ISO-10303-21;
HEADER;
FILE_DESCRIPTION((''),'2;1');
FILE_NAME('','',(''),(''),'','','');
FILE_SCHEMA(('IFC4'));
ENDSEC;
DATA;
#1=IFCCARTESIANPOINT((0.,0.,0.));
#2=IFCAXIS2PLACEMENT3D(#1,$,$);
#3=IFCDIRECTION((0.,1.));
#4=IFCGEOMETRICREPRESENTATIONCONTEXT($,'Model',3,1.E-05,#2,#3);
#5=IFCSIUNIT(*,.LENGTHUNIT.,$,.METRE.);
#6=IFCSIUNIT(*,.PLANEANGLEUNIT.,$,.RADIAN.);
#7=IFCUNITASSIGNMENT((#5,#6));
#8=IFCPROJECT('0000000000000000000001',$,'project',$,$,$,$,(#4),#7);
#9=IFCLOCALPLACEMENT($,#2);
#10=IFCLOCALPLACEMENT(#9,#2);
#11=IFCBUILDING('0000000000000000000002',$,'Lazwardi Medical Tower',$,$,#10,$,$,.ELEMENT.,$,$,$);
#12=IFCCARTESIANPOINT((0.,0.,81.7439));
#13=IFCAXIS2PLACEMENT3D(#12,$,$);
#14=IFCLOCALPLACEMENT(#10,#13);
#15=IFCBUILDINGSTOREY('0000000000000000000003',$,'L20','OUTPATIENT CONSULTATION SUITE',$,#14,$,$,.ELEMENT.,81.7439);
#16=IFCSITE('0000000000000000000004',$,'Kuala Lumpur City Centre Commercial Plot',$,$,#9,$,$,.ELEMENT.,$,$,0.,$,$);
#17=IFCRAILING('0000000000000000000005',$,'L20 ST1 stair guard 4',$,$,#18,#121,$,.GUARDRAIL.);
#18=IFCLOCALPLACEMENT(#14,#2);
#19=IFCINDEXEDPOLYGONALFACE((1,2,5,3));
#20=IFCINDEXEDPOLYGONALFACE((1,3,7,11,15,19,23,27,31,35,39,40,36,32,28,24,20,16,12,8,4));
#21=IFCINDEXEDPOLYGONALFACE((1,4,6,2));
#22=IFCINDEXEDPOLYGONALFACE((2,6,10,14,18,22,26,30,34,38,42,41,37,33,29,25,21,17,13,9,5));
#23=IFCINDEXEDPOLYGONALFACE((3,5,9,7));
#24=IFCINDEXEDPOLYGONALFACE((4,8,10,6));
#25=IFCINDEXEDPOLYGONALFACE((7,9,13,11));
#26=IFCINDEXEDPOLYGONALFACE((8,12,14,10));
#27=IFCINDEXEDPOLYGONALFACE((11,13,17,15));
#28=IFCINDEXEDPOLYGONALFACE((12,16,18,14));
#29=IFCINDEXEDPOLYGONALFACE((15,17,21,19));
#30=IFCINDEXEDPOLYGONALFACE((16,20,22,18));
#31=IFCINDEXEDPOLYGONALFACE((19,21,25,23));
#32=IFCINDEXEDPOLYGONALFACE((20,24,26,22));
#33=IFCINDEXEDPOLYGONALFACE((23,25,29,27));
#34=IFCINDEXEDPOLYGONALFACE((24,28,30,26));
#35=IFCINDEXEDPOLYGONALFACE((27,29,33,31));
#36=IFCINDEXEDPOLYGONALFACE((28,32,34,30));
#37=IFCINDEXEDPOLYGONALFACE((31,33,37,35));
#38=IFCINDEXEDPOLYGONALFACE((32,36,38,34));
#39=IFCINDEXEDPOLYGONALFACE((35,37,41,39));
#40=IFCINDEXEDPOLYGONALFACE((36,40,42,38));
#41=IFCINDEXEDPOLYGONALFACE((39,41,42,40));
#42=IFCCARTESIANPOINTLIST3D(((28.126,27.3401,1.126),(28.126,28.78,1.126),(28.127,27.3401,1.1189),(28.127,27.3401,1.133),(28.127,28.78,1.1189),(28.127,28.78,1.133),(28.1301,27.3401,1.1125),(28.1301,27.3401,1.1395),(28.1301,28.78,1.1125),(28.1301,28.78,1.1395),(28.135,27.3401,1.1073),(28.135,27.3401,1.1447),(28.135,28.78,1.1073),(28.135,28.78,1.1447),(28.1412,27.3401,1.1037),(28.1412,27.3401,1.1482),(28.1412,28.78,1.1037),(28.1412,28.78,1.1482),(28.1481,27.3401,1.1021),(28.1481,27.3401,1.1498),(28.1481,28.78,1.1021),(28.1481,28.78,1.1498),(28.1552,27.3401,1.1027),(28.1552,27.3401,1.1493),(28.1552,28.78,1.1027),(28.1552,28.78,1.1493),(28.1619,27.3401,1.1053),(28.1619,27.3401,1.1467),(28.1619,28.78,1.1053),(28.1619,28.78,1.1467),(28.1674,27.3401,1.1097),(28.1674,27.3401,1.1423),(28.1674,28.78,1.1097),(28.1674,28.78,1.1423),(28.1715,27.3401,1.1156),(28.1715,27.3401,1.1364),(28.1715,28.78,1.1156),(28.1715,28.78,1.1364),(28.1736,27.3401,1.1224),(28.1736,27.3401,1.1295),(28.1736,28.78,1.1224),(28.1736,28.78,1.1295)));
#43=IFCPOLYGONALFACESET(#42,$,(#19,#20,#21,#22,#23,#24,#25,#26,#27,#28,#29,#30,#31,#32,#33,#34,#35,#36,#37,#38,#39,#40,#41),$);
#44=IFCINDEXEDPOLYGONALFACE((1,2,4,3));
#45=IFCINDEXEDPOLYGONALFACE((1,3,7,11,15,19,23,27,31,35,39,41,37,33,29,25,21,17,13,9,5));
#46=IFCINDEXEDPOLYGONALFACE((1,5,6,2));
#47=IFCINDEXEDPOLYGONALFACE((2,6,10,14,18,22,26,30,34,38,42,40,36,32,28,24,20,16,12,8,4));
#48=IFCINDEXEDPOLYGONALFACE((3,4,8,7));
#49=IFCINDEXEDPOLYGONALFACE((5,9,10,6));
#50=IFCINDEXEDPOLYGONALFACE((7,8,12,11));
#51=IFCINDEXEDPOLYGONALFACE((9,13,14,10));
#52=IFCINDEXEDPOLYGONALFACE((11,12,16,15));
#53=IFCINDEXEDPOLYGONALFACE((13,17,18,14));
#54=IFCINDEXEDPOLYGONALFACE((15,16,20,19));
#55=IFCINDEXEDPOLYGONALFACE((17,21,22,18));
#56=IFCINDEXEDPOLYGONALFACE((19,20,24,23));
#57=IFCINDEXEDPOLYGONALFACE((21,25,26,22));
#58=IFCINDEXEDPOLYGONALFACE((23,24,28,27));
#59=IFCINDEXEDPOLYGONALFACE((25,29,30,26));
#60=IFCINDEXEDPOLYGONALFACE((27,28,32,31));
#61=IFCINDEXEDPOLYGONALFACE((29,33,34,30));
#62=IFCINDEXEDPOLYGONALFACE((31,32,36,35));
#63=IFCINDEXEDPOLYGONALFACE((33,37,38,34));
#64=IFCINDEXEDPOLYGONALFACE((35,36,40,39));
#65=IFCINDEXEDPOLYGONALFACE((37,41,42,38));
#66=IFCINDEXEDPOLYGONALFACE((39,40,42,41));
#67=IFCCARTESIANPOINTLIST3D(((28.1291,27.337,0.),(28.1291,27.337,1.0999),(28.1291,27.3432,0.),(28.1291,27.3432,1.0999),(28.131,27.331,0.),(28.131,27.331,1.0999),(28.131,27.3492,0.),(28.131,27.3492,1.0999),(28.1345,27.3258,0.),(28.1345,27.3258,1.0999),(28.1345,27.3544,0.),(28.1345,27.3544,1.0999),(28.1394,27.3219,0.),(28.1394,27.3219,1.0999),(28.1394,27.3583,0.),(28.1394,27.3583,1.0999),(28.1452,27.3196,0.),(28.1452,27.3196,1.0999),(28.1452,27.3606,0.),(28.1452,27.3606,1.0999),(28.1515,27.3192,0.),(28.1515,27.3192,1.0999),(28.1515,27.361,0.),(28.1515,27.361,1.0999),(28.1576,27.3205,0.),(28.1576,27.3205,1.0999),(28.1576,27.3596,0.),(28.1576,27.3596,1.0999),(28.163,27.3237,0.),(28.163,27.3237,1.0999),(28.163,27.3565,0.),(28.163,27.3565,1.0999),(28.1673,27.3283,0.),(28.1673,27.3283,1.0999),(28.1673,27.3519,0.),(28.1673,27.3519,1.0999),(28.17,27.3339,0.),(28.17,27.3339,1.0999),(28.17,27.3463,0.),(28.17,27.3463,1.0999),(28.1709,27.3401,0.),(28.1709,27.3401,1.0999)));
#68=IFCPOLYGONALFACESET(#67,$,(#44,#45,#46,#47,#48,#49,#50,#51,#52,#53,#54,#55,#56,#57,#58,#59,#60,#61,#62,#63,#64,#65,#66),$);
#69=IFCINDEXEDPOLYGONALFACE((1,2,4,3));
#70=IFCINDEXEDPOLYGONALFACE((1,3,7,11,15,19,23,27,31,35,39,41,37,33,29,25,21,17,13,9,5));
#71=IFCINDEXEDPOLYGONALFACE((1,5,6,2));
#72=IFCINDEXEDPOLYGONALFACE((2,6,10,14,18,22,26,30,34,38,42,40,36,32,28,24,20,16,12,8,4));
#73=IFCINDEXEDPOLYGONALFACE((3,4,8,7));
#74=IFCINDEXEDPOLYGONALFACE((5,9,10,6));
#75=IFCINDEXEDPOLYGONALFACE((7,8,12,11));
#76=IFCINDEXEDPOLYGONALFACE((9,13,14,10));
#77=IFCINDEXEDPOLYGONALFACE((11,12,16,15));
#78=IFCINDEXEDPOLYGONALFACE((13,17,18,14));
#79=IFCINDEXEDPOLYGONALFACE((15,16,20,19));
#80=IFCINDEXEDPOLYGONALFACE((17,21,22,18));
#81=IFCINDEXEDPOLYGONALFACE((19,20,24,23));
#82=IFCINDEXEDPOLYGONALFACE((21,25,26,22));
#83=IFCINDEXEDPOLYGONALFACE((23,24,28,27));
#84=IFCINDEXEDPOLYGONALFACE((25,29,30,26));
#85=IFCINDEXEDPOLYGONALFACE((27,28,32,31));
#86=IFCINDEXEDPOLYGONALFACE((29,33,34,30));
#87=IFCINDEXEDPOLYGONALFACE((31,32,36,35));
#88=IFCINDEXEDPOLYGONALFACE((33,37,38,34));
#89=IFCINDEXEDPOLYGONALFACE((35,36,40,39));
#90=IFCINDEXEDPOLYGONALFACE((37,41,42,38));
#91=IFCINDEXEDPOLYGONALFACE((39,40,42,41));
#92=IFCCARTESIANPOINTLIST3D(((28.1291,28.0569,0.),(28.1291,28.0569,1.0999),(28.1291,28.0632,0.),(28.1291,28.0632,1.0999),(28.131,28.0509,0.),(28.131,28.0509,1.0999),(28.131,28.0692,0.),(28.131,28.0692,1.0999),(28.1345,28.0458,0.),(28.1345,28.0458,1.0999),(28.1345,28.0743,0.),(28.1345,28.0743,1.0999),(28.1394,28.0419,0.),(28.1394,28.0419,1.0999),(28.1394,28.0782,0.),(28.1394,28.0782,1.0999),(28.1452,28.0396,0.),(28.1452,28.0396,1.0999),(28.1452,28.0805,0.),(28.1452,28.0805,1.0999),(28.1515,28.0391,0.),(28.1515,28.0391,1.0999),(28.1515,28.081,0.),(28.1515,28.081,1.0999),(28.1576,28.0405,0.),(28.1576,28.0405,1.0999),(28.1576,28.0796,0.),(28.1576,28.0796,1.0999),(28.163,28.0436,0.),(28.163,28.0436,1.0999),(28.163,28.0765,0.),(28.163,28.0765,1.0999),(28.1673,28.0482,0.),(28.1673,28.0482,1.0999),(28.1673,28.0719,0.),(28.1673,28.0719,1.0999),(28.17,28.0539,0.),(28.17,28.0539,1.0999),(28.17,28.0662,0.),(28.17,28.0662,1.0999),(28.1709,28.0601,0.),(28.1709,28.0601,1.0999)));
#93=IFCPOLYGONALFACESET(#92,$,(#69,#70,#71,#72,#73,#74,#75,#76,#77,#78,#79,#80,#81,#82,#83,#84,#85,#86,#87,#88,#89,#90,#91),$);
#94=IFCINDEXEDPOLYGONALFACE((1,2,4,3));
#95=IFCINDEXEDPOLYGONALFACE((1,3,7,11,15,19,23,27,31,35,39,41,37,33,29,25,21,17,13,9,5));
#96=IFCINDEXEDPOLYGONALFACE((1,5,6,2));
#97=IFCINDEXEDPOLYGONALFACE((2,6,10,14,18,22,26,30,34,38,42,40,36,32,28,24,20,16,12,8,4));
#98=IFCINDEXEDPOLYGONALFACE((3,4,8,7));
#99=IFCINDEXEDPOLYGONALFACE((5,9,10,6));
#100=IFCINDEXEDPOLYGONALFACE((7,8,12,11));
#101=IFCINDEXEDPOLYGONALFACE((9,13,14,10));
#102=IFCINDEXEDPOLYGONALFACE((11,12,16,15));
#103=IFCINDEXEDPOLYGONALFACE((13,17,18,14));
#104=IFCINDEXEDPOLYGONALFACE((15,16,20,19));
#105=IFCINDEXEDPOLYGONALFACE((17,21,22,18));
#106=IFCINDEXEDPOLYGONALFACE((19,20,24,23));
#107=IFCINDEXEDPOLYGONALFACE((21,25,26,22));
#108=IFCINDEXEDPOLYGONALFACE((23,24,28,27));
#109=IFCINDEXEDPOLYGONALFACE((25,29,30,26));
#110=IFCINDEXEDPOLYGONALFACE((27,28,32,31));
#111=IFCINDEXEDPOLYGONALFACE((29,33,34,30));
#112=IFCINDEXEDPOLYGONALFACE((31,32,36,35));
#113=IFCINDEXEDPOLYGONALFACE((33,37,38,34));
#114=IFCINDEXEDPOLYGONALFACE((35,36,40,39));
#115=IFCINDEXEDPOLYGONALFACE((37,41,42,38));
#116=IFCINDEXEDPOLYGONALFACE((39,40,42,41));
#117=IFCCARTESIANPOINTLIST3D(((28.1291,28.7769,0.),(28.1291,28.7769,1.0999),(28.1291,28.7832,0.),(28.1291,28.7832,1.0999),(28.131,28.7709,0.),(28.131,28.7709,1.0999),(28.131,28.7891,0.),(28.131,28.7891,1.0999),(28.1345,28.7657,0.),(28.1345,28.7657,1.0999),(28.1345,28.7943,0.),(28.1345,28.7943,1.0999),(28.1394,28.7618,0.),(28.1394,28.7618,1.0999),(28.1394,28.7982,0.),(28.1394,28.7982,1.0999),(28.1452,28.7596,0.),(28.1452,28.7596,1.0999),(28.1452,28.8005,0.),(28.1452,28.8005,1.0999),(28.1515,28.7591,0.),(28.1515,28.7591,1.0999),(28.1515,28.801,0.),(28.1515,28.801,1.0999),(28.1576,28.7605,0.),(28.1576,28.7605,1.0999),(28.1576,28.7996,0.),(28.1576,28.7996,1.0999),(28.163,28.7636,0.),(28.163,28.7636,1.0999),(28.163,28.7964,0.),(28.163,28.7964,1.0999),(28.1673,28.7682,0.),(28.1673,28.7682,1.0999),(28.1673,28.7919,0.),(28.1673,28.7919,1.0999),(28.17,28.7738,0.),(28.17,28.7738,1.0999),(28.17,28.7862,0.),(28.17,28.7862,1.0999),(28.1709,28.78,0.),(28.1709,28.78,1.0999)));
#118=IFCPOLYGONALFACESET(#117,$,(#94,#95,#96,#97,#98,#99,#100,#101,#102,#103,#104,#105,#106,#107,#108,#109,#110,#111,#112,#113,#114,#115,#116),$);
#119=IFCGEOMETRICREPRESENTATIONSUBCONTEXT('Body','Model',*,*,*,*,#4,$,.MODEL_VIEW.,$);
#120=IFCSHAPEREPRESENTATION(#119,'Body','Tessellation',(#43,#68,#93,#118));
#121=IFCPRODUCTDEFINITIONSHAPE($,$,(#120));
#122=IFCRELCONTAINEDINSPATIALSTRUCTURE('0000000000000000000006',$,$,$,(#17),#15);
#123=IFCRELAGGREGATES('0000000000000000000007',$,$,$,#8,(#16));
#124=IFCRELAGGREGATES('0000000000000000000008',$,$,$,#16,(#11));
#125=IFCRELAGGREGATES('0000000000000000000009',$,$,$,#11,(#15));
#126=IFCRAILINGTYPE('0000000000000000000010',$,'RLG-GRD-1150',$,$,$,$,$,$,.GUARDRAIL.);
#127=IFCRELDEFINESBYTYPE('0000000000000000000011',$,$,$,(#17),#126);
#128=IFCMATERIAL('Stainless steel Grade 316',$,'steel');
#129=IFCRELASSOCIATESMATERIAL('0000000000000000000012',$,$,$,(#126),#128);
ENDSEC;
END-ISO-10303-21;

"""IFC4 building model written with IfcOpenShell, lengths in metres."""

from ifc_helpers import new_model, si_unit, direction, frame, origin, origin_2d, place, context, subcontext, project, spatial, circle, extrude, material, type_object, element, save


model = new_model("IFC4")

# Units and contexts
model_context = context("Model", 3, precision=1e-05, world=origin(), true_north=direction((0.0, 1.0)))
body_context = subcontext(model_context, "Body", "Model", "MODEL_VIEW")
ifc_project = project(units=[si_unit("LENGTHUNIT", "METRE"), si_unit("PLANEANGLEUNIT", "RADIAN")], contexts=[model_context])

# Site, building, storey
site_placement = place(None, origin())
site = spatial("IfcSite", under=ifc_project, at=site_placement, Name="Kuala Lumpur City Centre Commercial Plot", CompositionType="ELEMENT", RefElevation=0.0)
building_placement = place(site_placement, origin())
building = spatial("IfcBuilding", under=site, at=building_placement, Name="Lazwardi Medical Tower", CompositionType="ELEMENT")
storey_placement = place(building_placement, frame((0.0, 0.0, 81.7439)))
storey = spatial("IfcBuildingStorey", under=building, at=storey_placement, Name="L20", Description="OUTPATIENT CONSULTATION SUITE", CompositionType="ELEMENT", Elevation=81.7439)

# Railing
ifc_material_1 = material(Name="Stainless steel Grade 316", Category="steel")
railing_type_1 = type_object("IfcRailingType", Name="RLG-GRD-1150", PredefinedType="GUARDRAIL", material=ifc_material_1)
railing_1_placement = place(storey_placement, frame((28.1499, 27.3401, 0.0)))
element("IfcRailing", 1, at=railing_1_placement, inside=storey, type_object=railing_type_1, Name="L20 ST1 stair guard 4", PredefinedType="GUARDRAIL", context=body_context, shape_type="SweptSolid", body=[
    extrude(circle(Radius=0.0239, at=origin_2d()), frame((0.0, 0.0, 1.126), z_axis=(0.0, 1.0, 0.0), x_axis=(-1.0, 0.0, 0.0)), (0.0, 0.0, 1.0), 1.4399),
    extrude(circle(Radius=0.021, at=origin_2d()), origin(), (0.0, 0.0, 1.0), 1.0999),
    extrude(circle(Radius=0.021, at=origin_2d()), frame((0.0, 0.72, 0.0)), (0.0, 0.0, 1.0), 1.0999),
    extrude(circle(Radius=0.021, at=origin_2d()), frame((0.0, 1.4399, 0.0)), (0.0, 0.0, 1.0), 1.0999),
])

save(model, "model.ifc")
